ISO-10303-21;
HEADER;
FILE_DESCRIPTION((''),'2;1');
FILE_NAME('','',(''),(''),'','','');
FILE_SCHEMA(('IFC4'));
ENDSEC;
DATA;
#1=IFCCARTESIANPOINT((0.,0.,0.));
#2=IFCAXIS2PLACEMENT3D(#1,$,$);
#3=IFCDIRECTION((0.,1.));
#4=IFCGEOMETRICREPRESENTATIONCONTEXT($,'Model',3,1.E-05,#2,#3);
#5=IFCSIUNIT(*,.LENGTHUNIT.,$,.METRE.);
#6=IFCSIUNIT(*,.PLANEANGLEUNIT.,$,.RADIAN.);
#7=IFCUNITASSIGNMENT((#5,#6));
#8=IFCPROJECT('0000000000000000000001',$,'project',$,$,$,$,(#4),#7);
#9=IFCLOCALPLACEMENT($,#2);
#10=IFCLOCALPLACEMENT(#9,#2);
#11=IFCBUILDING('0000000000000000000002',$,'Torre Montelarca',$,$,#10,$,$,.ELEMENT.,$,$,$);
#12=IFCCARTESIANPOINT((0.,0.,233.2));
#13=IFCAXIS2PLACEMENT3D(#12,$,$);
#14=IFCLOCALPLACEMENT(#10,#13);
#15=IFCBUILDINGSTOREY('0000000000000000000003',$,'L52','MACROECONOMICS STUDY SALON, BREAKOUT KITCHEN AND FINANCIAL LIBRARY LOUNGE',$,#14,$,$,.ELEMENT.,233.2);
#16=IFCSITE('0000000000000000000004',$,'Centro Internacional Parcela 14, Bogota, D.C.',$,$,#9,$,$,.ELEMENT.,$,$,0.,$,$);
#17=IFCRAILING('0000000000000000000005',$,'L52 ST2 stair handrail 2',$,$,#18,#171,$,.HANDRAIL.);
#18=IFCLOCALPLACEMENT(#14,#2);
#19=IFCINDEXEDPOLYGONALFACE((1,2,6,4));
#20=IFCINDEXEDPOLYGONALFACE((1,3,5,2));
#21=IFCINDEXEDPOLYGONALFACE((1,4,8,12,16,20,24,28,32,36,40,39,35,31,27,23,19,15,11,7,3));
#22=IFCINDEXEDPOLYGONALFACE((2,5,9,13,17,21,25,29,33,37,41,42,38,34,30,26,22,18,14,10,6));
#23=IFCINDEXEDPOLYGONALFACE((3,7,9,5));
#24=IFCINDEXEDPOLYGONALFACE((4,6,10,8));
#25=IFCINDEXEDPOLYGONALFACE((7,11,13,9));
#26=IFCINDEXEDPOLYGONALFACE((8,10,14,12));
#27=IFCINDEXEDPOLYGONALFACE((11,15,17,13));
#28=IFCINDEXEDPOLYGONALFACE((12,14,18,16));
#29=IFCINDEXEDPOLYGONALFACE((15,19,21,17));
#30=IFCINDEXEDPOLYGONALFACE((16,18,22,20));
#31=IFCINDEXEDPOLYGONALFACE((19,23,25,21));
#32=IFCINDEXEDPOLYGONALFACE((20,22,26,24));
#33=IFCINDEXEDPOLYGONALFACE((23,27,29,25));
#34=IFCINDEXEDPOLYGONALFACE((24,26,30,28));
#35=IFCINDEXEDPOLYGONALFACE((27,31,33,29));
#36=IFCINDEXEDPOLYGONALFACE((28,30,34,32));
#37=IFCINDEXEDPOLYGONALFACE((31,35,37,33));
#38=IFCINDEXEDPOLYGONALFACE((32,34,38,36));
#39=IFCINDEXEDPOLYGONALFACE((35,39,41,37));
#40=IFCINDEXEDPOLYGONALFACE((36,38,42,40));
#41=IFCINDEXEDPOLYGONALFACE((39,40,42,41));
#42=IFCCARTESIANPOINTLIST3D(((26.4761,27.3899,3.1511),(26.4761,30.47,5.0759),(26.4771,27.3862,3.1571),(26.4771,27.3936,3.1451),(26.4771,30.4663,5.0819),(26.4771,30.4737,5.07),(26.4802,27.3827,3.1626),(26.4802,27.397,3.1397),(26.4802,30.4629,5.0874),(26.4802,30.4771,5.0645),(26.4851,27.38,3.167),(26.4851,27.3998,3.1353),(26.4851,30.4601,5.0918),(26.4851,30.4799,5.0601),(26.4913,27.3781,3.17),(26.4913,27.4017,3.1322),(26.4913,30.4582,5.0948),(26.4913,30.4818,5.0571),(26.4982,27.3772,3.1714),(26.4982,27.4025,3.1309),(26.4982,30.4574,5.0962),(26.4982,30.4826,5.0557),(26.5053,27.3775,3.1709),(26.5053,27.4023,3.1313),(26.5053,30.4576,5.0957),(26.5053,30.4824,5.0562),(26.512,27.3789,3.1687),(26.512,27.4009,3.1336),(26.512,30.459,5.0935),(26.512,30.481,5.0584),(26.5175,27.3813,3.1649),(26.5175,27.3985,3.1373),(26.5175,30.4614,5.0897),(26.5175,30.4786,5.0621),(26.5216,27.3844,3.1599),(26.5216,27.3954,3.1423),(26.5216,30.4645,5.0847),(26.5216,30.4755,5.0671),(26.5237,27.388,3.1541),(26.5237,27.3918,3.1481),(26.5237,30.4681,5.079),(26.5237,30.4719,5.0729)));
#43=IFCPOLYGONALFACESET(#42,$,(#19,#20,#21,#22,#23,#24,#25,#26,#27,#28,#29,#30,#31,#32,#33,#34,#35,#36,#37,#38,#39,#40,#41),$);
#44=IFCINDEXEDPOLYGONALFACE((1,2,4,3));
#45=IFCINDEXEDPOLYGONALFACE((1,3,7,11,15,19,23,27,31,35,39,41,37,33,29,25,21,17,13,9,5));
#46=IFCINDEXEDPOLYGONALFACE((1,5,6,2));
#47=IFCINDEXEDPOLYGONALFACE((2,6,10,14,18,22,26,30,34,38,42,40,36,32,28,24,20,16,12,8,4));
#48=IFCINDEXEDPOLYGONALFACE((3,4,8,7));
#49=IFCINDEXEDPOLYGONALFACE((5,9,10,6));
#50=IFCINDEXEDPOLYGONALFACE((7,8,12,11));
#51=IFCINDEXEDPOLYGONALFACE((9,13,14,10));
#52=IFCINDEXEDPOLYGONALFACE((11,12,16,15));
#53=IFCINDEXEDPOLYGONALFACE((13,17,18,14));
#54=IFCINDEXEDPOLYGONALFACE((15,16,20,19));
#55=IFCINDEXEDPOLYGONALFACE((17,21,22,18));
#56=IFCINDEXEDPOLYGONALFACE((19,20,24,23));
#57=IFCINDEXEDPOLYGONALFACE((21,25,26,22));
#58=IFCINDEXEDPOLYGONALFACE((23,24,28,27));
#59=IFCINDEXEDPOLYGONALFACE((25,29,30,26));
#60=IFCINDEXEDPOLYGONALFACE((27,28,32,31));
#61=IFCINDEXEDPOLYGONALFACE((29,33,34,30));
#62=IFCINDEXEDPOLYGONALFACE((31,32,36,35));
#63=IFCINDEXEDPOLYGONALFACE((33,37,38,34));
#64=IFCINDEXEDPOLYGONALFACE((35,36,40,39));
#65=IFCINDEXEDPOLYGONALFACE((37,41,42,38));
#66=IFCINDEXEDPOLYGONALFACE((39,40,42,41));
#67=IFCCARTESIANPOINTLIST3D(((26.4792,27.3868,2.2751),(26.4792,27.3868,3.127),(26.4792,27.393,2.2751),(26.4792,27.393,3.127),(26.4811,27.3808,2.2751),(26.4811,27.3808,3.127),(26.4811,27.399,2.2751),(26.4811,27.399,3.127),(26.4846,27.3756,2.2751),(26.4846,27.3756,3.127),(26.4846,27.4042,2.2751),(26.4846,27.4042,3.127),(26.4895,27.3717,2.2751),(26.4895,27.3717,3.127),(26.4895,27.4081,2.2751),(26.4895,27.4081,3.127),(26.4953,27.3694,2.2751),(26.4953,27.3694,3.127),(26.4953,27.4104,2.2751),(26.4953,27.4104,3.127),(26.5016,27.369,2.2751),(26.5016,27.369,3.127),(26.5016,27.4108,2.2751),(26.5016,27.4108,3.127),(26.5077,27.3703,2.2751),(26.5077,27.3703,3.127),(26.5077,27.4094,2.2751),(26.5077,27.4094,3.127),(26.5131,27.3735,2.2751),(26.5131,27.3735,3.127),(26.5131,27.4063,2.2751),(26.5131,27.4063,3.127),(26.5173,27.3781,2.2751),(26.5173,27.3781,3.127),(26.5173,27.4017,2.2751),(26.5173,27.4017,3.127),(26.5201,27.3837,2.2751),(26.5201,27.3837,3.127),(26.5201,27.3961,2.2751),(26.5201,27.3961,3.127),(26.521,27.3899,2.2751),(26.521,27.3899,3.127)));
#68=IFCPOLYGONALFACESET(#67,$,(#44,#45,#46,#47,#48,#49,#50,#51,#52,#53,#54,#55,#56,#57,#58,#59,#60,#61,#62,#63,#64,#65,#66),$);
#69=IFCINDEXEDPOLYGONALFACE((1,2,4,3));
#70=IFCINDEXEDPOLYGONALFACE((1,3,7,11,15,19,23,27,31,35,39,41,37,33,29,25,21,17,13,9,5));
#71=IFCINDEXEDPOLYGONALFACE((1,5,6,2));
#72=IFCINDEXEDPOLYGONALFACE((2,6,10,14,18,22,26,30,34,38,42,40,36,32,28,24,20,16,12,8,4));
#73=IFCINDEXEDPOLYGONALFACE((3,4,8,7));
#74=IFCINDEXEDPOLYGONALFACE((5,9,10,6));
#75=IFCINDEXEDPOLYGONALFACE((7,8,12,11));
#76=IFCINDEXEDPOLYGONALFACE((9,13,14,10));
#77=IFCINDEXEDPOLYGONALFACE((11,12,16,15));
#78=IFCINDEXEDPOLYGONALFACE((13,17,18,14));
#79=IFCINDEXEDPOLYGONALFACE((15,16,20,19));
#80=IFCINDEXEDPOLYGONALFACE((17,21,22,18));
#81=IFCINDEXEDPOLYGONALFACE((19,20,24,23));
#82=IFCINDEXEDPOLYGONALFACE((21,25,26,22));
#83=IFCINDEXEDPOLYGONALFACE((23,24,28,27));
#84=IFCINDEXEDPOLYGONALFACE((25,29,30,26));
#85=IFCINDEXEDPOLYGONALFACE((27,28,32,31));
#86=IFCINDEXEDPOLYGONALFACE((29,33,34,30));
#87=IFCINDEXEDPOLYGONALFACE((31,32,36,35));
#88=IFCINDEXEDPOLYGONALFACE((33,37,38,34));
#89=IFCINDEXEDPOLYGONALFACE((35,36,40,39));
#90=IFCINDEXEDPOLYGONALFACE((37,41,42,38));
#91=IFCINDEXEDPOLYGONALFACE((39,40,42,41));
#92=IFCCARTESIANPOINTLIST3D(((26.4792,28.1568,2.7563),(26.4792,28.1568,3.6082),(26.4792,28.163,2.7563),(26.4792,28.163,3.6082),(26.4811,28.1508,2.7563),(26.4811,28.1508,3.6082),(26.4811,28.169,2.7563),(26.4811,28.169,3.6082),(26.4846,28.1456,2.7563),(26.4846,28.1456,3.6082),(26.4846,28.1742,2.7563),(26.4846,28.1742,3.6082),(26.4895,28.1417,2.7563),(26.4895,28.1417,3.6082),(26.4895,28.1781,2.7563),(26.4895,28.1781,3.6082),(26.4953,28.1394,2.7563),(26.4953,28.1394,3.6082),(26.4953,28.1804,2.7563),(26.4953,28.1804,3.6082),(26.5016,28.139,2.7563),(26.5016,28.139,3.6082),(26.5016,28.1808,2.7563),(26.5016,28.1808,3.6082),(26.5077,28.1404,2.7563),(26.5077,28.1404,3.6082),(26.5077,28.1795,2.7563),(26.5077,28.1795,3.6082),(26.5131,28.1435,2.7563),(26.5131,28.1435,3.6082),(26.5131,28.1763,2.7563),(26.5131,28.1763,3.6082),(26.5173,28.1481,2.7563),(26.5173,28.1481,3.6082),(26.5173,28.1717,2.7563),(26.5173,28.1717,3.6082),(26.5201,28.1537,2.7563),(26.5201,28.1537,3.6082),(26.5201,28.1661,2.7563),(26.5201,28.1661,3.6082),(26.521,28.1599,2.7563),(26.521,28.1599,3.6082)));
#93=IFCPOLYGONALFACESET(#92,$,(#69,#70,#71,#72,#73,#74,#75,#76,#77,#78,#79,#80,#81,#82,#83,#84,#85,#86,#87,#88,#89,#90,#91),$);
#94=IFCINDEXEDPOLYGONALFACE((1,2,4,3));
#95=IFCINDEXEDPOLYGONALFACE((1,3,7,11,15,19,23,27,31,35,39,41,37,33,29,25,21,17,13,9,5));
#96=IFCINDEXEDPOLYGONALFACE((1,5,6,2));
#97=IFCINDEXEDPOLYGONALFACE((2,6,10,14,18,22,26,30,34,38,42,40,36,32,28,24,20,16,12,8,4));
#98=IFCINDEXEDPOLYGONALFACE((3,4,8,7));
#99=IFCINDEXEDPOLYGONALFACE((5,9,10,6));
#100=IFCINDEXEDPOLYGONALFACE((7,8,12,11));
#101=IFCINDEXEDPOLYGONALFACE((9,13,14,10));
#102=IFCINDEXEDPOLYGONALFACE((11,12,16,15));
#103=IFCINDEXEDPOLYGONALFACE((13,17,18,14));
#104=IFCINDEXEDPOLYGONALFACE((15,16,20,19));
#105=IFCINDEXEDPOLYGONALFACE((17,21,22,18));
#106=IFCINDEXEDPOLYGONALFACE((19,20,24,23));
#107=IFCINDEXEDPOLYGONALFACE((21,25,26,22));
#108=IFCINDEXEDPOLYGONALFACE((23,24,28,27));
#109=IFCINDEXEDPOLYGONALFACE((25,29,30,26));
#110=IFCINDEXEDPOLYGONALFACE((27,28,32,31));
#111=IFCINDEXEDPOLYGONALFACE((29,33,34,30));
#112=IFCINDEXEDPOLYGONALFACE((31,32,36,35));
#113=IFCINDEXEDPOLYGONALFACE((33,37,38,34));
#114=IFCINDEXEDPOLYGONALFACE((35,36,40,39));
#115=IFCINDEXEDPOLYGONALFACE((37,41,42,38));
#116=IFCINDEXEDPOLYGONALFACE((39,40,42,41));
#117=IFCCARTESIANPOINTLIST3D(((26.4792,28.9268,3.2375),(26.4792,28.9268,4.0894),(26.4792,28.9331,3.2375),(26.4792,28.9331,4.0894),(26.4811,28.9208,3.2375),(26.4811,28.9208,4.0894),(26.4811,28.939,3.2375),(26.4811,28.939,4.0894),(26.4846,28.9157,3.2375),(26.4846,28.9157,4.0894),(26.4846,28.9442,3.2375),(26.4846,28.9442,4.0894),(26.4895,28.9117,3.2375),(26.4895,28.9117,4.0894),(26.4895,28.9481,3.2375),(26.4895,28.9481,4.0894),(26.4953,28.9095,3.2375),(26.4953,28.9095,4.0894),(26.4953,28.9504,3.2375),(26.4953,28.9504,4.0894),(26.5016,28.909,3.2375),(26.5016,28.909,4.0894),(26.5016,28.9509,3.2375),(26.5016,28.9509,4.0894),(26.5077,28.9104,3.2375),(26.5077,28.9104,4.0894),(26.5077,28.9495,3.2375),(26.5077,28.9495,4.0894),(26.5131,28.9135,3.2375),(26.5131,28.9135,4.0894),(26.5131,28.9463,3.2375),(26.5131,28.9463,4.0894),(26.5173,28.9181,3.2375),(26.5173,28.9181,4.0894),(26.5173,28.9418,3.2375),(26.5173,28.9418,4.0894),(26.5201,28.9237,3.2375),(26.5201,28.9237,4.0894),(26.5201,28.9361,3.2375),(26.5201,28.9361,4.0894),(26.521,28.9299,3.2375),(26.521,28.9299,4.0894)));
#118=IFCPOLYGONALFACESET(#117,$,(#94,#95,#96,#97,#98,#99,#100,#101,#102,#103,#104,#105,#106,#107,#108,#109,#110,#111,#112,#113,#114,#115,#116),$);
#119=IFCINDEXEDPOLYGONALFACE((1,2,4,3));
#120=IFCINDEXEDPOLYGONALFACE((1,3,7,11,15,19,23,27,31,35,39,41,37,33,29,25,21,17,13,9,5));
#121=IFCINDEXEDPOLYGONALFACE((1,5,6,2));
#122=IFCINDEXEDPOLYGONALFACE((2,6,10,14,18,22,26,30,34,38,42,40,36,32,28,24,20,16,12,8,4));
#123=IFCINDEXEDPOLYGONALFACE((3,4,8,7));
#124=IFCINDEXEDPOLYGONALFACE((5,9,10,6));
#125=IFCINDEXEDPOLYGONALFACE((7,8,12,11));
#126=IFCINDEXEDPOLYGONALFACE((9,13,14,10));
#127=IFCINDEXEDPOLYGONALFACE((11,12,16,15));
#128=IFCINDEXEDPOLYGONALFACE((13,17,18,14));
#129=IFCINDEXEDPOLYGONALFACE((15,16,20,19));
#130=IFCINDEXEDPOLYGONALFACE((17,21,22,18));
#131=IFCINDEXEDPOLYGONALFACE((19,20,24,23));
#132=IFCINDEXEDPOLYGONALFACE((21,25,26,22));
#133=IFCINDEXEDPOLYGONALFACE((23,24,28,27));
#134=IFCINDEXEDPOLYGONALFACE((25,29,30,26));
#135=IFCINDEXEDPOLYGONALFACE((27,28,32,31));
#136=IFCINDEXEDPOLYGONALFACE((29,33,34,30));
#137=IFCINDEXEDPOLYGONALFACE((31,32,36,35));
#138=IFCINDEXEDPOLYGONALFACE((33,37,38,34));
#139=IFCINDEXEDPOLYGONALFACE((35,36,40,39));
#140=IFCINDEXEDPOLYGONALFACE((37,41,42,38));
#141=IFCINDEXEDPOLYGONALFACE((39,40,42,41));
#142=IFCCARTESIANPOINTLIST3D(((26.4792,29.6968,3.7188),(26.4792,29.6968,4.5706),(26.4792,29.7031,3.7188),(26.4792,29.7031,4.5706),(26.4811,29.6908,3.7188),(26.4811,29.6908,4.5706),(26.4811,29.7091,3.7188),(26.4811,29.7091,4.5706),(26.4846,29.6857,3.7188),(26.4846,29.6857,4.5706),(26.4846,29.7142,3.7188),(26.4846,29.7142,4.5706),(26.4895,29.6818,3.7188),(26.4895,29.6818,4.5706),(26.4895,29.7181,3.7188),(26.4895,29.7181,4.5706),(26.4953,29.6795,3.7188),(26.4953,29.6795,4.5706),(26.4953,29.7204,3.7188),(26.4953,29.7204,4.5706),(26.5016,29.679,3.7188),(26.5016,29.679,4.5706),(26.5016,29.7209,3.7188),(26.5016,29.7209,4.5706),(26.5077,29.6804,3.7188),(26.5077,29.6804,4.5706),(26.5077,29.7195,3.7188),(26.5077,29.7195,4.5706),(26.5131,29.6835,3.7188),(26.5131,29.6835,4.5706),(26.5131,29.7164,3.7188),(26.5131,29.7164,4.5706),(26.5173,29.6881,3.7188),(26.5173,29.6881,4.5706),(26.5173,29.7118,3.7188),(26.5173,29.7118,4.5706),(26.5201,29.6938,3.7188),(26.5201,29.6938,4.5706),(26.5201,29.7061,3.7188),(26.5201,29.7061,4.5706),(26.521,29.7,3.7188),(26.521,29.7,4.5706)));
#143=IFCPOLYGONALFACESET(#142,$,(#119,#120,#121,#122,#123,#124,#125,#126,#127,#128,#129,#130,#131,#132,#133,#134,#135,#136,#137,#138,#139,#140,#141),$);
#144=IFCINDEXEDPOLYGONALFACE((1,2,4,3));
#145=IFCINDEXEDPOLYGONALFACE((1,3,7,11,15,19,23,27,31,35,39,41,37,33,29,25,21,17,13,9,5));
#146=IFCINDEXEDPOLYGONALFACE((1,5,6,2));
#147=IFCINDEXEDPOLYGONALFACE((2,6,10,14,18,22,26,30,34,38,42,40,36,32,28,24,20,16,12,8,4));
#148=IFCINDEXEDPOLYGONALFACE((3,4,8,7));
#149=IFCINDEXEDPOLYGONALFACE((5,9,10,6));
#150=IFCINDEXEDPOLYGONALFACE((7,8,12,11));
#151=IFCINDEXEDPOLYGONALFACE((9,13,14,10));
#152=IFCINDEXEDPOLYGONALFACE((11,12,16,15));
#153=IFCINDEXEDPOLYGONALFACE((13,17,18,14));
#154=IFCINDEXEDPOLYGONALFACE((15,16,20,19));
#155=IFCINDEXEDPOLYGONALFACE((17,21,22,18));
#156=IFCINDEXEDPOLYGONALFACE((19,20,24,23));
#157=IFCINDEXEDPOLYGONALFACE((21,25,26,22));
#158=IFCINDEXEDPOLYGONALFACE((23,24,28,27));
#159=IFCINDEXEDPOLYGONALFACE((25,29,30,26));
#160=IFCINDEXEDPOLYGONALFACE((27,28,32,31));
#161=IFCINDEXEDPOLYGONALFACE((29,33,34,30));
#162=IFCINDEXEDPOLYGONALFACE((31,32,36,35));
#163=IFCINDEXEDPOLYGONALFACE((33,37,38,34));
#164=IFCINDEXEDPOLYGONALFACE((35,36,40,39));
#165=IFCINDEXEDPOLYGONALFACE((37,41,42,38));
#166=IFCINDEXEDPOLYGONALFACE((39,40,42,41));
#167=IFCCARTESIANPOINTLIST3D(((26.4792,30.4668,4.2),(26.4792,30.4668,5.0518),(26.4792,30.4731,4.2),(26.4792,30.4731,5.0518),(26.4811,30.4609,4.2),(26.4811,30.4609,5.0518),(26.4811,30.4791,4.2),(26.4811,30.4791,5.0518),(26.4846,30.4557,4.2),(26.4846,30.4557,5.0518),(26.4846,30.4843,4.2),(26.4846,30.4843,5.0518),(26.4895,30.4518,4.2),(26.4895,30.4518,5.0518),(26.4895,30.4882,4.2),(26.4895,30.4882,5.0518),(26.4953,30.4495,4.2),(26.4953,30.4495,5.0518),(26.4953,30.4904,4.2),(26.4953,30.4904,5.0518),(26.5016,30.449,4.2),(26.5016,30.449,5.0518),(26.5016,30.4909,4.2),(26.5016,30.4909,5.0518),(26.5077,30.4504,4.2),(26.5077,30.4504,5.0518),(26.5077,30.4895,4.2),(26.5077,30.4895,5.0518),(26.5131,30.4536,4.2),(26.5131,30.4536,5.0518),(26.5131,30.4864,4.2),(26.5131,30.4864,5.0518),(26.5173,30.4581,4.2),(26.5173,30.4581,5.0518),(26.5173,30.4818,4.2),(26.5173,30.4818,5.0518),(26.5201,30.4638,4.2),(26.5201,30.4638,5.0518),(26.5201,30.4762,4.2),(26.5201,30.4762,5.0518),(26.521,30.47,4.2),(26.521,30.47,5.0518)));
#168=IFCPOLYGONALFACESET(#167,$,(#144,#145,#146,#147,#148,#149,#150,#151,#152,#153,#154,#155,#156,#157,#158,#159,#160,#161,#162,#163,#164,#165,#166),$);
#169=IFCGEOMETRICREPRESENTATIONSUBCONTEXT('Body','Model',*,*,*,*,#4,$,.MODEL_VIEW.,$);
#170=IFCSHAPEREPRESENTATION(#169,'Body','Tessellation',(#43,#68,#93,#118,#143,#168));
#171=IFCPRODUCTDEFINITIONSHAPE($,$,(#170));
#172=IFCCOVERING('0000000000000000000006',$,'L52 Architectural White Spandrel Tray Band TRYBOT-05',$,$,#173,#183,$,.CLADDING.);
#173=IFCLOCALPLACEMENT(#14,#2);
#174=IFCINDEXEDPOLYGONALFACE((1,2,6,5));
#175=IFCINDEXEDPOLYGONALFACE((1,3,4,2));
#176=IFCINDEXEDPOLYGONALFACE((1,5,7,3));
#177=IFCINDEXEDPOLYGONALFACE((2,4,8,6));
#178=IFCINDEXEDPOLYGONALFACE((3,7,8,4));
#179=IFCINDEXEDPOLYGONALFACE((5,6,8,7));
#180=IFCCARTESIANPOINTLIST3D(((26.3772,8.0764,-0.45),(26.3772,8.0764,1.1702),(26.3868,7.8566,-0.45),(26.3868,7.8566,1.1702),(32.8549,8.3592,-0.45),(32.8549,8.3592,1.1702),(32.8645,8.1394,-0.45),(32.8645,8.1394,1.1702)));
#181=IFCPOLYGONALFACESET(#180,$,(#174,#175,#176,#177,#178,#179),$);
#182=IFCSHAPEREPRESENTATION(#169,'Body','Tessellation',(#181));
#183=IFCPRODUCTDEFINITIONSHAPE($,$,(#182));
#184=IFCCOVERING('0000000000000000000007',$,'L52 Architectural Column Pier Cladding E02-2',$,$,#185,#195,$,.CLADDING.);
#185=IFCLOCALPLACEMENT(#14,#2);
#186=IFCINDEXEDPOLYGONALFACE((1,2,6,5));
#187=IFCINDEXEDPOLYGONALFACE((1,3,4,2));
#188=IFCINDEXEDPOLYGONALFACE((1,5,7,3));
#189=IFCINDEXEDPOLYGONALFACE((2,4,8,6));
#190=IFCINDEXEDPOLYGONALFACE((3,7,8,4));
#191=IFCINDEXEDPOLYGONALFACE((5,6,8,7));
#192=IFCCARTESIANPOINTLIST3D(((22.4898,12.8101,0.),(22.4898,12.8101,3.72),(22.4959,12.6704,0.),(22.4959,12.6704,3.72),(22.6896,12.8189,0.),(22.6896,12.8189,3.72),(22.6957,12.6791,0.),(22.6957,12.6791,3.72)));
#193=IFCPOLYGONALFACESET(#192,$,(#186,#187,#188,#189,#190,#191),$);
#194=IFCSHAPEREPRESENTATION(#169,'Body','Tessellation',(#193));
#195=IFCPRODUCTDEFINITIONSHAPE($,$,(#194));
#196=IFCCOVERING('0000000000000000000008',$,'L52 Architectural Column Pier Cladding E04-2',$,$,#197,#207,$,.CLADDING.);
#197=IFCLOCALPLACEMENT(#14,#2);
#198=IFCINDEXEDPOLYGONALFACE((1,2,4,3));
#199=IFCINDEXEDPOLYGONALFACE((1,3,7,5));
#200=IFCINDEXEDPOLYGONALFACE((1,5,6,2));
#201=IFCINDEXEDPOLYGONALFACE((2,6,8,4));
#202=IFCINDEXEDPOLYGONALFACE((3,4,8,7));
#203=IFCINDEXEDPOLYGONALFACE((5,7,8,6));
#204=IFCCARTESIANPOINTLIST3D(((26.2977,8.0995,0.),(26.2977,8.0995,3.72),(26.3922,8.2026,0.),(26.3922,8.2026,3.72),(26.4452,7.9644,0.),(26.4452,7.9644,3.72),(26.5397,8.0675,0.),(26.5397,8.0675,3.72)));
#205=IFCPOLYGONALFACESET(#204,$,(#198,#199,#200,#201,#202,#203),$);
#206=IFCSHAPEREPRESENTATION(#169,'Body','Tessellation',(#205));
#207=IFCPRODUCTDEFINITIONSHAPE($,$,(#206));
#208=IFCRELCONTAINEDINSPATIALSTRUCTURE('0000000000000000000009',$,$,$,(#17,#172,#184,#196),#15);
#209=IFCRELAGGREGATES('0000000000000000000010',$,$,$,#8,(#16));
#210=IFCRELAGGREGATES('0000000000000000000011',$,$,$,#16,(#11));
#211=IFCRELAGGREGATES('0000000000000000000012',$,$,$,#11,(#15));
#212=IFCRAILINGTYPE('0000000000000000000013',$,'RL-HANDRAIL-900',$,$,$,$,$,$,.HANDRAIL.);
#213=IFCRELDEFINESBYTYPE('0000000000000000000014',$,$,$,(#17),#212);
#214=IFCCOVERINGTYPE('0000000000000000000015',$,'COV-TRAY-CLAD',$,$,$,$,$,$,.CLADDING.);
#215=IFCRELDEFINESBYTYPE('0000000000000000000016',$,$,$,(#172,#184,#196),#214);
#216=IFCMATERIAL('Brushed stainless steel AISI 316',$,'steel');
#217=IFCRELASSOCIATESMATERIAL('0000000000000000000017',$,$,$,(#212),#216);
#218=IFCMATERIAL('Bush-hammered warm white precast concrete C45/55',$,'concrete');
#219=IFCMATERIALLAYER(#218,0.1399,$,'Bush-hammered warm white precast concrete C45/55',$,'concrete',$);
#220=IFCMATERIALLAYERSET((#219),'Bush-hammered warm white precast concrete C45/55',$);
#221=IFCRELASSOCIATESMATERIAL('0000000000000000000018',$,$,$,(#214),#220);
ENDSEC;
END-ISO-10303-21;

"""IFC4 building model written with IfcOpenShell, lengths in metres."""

from ifc_helpers import new_model, si_unit, direction, frame, origin, origin_2d, place, context, subcontext, project, spatial, rectangle, circle, extrude, source, transform, mapped, material, layer, layer_set, type_object, element, save


model = new_model("IFC4")

# Units and contexts
model_context = context("Model", 3, precision=1e-05, world=origin(), true_north=direction((0.0, 1.0)))
body_context = subcontext(model_context, "Body", "Model", "MODEL_VIEW")
ifc_project = project(units=[si_unit("LENGTHUNIT", "METRE"), si_unit("PLANEANGLEUNIT", "RADIAN")], contexts=[model_context])

# Site, building, storey
site_placement = place(None, origin())
site = spatial("IfcSite", under=ifc_project, at=site_placement, Name="Centro Internacional Parcela 14, Bogota, D.C.", CompositionType="ELEMENT", RefElevation=0.0)
building_placement = place(site_placement, origin())
building = spatial("IfcBuilding", under=site, at=building_placement, Name="Torre Montelarca", CompositionType="ELEMENT")
storey_placement = place(building_placement, frame((0.0, 0.0, 233.2)))
storey = spatial("IfcBuildingStorey", under=building, at=storey_placement, Name="L52", Description="MACROECONOMICS STUDY SALON, BREAKOUT KITCHEN AND FINANCIAL LIBRARY LOUNGE", CompositionType="ELEMENT", Elevation=233.2)

# Railing
ifc_material_1 = material(Name="Brushed stainless steel AISI 316", Category="steel")
railing_type_1 = type_object("IfcRailingType", Name="RL-HANDRAIL-900", PredefinedType="HANDRAIL", material=ifc_material_1)
railing_1_placement = place(storey_placement, frame((26.5, 27.3899, 2.2751)))
element("IfcRailing", 1, at=railing_1_placement, inside=storey, type_object=railing_type_1, Name="L52 ST2 stair handrail 2", PredefinedType="HANDRAIL", context=body_context, shape_type="SweptSolid", body=[
    extrude(circle(Radius=0.0239, at=origin_2d()), frame((0.0, 0.0, 0.876), z_axis=(0.0, 0.848029, 0.529951), x_axis=(-1.0, 0.0, 0.0)), (0.0, 0.0, 1.0), 3.6321),
    extrude(circle(Radius=0.021, at=origin_2d()), origin(), (0.0, 0.0, 1.0), 0.8518),
    extrude(circle(Radius=0.021, at=origin_2d()), frame((0.0, 0.77, 0.4812)), (0.0, 0.0, 1.0), 0.8518),
    extrude(circle(Radius=0.021, at=origin_2d()), frame((0.0, 1.54, 0.9624)), (0.0, 0.0, 1.0), 0.8518),
    extrude(circle(Radius=0.021, at=origin_2d()), frame((0.0, 2.3101, 1.4436)), (0.0, 0.0, 1.0), 0.8518),
    extrude(circle(Radius=0.021, at=origin_2d()), frame((0.0, 3.0801, 1.9248)), (0.0, 0.0, 1.0), 0.8518),
])

# Coverings
ifc_material_2 = material(Name="Bush-hammered warm white precast concrete C45/55", Category="concrete")
ifc_layer_1 = layer(ifc_material_2, 0.1399, Name="Bush-hammered warm white precast concrete C45/55", Category="concrete")
ifc_layer_set_1 = layer_set([ifc_layer_1], Name="Bush-hammered warm white precast concrete C45/55")
covering_type = type_object("IfcCoveringType", Name="COV-TRAY-CLAD", PredefinedType="CLADDING", material=ifc_layer_set_1)
shared_shape_1 = source(origin(), body_context, "Body", "SweptSolid", [
    extrude(rectangle(XDim=6.4839, YDim=0.22, at=origin_2d()), origin(), (0.0, 0.0, 1.0), 1.6201),
])
covering_1_placement = place(storey_placement, frame((29.6208, 8.1079, -0.45), z_axis=(0.0, 0.0, 1.0), x_axis=(0.999048, 0.043621, 0.0)))
element("IfcCovering", 2, at=covering_1_placement, inside=storey, type_object=covering_type, Name="L52 Architectural White Spandrel Tray Band TRYBOT-05", PredefinedType="CLADDING", context=body_context, shape_type="MappedRepresentation", body=[
    mapped(shared_shape_1, transform((0.0, 0.0, 0.0), scale=1.0)),
])
shared_shape_2 = source(origin(), body_context, "Body", "SweptSolid", [
    extrude(rectangle(XDim=0.2, YDim=0.1399, at=origin_2d()), origin(), (0.0, 0.0, 1.0), 3.72),
])
for number, where, z_axis, x_axis, name in (
    (3, (22.5928, 12.7446, 0.0), (0.0, 0.0, 1.0), (0.999047, 0.043637, 0.0), "L52 Architectural Column Pier Cladding E02-2"),
    (4, (26.4187, 8.0835, 0.0), (0.0, 0.0, 1.0), (0.737282, -0.675585, 0.0), "L52 Architectural Column Pier Cladding E04-2"),
):
    element("IfcCovering", number, at=place(storey_placement, frame(where, z_axis=z_axis, x_axis=x_axis)), inside=storey, type_object=covering_type, Name=name, PredefinedType="CLADDING", context=body_context, shape_type="MappedRepresentation", body=[
        mapped(shared_shape_2, transform((0.0, 0.0, 0.0), scale=1.0)),
    ])

save(model, "model.ifc")
